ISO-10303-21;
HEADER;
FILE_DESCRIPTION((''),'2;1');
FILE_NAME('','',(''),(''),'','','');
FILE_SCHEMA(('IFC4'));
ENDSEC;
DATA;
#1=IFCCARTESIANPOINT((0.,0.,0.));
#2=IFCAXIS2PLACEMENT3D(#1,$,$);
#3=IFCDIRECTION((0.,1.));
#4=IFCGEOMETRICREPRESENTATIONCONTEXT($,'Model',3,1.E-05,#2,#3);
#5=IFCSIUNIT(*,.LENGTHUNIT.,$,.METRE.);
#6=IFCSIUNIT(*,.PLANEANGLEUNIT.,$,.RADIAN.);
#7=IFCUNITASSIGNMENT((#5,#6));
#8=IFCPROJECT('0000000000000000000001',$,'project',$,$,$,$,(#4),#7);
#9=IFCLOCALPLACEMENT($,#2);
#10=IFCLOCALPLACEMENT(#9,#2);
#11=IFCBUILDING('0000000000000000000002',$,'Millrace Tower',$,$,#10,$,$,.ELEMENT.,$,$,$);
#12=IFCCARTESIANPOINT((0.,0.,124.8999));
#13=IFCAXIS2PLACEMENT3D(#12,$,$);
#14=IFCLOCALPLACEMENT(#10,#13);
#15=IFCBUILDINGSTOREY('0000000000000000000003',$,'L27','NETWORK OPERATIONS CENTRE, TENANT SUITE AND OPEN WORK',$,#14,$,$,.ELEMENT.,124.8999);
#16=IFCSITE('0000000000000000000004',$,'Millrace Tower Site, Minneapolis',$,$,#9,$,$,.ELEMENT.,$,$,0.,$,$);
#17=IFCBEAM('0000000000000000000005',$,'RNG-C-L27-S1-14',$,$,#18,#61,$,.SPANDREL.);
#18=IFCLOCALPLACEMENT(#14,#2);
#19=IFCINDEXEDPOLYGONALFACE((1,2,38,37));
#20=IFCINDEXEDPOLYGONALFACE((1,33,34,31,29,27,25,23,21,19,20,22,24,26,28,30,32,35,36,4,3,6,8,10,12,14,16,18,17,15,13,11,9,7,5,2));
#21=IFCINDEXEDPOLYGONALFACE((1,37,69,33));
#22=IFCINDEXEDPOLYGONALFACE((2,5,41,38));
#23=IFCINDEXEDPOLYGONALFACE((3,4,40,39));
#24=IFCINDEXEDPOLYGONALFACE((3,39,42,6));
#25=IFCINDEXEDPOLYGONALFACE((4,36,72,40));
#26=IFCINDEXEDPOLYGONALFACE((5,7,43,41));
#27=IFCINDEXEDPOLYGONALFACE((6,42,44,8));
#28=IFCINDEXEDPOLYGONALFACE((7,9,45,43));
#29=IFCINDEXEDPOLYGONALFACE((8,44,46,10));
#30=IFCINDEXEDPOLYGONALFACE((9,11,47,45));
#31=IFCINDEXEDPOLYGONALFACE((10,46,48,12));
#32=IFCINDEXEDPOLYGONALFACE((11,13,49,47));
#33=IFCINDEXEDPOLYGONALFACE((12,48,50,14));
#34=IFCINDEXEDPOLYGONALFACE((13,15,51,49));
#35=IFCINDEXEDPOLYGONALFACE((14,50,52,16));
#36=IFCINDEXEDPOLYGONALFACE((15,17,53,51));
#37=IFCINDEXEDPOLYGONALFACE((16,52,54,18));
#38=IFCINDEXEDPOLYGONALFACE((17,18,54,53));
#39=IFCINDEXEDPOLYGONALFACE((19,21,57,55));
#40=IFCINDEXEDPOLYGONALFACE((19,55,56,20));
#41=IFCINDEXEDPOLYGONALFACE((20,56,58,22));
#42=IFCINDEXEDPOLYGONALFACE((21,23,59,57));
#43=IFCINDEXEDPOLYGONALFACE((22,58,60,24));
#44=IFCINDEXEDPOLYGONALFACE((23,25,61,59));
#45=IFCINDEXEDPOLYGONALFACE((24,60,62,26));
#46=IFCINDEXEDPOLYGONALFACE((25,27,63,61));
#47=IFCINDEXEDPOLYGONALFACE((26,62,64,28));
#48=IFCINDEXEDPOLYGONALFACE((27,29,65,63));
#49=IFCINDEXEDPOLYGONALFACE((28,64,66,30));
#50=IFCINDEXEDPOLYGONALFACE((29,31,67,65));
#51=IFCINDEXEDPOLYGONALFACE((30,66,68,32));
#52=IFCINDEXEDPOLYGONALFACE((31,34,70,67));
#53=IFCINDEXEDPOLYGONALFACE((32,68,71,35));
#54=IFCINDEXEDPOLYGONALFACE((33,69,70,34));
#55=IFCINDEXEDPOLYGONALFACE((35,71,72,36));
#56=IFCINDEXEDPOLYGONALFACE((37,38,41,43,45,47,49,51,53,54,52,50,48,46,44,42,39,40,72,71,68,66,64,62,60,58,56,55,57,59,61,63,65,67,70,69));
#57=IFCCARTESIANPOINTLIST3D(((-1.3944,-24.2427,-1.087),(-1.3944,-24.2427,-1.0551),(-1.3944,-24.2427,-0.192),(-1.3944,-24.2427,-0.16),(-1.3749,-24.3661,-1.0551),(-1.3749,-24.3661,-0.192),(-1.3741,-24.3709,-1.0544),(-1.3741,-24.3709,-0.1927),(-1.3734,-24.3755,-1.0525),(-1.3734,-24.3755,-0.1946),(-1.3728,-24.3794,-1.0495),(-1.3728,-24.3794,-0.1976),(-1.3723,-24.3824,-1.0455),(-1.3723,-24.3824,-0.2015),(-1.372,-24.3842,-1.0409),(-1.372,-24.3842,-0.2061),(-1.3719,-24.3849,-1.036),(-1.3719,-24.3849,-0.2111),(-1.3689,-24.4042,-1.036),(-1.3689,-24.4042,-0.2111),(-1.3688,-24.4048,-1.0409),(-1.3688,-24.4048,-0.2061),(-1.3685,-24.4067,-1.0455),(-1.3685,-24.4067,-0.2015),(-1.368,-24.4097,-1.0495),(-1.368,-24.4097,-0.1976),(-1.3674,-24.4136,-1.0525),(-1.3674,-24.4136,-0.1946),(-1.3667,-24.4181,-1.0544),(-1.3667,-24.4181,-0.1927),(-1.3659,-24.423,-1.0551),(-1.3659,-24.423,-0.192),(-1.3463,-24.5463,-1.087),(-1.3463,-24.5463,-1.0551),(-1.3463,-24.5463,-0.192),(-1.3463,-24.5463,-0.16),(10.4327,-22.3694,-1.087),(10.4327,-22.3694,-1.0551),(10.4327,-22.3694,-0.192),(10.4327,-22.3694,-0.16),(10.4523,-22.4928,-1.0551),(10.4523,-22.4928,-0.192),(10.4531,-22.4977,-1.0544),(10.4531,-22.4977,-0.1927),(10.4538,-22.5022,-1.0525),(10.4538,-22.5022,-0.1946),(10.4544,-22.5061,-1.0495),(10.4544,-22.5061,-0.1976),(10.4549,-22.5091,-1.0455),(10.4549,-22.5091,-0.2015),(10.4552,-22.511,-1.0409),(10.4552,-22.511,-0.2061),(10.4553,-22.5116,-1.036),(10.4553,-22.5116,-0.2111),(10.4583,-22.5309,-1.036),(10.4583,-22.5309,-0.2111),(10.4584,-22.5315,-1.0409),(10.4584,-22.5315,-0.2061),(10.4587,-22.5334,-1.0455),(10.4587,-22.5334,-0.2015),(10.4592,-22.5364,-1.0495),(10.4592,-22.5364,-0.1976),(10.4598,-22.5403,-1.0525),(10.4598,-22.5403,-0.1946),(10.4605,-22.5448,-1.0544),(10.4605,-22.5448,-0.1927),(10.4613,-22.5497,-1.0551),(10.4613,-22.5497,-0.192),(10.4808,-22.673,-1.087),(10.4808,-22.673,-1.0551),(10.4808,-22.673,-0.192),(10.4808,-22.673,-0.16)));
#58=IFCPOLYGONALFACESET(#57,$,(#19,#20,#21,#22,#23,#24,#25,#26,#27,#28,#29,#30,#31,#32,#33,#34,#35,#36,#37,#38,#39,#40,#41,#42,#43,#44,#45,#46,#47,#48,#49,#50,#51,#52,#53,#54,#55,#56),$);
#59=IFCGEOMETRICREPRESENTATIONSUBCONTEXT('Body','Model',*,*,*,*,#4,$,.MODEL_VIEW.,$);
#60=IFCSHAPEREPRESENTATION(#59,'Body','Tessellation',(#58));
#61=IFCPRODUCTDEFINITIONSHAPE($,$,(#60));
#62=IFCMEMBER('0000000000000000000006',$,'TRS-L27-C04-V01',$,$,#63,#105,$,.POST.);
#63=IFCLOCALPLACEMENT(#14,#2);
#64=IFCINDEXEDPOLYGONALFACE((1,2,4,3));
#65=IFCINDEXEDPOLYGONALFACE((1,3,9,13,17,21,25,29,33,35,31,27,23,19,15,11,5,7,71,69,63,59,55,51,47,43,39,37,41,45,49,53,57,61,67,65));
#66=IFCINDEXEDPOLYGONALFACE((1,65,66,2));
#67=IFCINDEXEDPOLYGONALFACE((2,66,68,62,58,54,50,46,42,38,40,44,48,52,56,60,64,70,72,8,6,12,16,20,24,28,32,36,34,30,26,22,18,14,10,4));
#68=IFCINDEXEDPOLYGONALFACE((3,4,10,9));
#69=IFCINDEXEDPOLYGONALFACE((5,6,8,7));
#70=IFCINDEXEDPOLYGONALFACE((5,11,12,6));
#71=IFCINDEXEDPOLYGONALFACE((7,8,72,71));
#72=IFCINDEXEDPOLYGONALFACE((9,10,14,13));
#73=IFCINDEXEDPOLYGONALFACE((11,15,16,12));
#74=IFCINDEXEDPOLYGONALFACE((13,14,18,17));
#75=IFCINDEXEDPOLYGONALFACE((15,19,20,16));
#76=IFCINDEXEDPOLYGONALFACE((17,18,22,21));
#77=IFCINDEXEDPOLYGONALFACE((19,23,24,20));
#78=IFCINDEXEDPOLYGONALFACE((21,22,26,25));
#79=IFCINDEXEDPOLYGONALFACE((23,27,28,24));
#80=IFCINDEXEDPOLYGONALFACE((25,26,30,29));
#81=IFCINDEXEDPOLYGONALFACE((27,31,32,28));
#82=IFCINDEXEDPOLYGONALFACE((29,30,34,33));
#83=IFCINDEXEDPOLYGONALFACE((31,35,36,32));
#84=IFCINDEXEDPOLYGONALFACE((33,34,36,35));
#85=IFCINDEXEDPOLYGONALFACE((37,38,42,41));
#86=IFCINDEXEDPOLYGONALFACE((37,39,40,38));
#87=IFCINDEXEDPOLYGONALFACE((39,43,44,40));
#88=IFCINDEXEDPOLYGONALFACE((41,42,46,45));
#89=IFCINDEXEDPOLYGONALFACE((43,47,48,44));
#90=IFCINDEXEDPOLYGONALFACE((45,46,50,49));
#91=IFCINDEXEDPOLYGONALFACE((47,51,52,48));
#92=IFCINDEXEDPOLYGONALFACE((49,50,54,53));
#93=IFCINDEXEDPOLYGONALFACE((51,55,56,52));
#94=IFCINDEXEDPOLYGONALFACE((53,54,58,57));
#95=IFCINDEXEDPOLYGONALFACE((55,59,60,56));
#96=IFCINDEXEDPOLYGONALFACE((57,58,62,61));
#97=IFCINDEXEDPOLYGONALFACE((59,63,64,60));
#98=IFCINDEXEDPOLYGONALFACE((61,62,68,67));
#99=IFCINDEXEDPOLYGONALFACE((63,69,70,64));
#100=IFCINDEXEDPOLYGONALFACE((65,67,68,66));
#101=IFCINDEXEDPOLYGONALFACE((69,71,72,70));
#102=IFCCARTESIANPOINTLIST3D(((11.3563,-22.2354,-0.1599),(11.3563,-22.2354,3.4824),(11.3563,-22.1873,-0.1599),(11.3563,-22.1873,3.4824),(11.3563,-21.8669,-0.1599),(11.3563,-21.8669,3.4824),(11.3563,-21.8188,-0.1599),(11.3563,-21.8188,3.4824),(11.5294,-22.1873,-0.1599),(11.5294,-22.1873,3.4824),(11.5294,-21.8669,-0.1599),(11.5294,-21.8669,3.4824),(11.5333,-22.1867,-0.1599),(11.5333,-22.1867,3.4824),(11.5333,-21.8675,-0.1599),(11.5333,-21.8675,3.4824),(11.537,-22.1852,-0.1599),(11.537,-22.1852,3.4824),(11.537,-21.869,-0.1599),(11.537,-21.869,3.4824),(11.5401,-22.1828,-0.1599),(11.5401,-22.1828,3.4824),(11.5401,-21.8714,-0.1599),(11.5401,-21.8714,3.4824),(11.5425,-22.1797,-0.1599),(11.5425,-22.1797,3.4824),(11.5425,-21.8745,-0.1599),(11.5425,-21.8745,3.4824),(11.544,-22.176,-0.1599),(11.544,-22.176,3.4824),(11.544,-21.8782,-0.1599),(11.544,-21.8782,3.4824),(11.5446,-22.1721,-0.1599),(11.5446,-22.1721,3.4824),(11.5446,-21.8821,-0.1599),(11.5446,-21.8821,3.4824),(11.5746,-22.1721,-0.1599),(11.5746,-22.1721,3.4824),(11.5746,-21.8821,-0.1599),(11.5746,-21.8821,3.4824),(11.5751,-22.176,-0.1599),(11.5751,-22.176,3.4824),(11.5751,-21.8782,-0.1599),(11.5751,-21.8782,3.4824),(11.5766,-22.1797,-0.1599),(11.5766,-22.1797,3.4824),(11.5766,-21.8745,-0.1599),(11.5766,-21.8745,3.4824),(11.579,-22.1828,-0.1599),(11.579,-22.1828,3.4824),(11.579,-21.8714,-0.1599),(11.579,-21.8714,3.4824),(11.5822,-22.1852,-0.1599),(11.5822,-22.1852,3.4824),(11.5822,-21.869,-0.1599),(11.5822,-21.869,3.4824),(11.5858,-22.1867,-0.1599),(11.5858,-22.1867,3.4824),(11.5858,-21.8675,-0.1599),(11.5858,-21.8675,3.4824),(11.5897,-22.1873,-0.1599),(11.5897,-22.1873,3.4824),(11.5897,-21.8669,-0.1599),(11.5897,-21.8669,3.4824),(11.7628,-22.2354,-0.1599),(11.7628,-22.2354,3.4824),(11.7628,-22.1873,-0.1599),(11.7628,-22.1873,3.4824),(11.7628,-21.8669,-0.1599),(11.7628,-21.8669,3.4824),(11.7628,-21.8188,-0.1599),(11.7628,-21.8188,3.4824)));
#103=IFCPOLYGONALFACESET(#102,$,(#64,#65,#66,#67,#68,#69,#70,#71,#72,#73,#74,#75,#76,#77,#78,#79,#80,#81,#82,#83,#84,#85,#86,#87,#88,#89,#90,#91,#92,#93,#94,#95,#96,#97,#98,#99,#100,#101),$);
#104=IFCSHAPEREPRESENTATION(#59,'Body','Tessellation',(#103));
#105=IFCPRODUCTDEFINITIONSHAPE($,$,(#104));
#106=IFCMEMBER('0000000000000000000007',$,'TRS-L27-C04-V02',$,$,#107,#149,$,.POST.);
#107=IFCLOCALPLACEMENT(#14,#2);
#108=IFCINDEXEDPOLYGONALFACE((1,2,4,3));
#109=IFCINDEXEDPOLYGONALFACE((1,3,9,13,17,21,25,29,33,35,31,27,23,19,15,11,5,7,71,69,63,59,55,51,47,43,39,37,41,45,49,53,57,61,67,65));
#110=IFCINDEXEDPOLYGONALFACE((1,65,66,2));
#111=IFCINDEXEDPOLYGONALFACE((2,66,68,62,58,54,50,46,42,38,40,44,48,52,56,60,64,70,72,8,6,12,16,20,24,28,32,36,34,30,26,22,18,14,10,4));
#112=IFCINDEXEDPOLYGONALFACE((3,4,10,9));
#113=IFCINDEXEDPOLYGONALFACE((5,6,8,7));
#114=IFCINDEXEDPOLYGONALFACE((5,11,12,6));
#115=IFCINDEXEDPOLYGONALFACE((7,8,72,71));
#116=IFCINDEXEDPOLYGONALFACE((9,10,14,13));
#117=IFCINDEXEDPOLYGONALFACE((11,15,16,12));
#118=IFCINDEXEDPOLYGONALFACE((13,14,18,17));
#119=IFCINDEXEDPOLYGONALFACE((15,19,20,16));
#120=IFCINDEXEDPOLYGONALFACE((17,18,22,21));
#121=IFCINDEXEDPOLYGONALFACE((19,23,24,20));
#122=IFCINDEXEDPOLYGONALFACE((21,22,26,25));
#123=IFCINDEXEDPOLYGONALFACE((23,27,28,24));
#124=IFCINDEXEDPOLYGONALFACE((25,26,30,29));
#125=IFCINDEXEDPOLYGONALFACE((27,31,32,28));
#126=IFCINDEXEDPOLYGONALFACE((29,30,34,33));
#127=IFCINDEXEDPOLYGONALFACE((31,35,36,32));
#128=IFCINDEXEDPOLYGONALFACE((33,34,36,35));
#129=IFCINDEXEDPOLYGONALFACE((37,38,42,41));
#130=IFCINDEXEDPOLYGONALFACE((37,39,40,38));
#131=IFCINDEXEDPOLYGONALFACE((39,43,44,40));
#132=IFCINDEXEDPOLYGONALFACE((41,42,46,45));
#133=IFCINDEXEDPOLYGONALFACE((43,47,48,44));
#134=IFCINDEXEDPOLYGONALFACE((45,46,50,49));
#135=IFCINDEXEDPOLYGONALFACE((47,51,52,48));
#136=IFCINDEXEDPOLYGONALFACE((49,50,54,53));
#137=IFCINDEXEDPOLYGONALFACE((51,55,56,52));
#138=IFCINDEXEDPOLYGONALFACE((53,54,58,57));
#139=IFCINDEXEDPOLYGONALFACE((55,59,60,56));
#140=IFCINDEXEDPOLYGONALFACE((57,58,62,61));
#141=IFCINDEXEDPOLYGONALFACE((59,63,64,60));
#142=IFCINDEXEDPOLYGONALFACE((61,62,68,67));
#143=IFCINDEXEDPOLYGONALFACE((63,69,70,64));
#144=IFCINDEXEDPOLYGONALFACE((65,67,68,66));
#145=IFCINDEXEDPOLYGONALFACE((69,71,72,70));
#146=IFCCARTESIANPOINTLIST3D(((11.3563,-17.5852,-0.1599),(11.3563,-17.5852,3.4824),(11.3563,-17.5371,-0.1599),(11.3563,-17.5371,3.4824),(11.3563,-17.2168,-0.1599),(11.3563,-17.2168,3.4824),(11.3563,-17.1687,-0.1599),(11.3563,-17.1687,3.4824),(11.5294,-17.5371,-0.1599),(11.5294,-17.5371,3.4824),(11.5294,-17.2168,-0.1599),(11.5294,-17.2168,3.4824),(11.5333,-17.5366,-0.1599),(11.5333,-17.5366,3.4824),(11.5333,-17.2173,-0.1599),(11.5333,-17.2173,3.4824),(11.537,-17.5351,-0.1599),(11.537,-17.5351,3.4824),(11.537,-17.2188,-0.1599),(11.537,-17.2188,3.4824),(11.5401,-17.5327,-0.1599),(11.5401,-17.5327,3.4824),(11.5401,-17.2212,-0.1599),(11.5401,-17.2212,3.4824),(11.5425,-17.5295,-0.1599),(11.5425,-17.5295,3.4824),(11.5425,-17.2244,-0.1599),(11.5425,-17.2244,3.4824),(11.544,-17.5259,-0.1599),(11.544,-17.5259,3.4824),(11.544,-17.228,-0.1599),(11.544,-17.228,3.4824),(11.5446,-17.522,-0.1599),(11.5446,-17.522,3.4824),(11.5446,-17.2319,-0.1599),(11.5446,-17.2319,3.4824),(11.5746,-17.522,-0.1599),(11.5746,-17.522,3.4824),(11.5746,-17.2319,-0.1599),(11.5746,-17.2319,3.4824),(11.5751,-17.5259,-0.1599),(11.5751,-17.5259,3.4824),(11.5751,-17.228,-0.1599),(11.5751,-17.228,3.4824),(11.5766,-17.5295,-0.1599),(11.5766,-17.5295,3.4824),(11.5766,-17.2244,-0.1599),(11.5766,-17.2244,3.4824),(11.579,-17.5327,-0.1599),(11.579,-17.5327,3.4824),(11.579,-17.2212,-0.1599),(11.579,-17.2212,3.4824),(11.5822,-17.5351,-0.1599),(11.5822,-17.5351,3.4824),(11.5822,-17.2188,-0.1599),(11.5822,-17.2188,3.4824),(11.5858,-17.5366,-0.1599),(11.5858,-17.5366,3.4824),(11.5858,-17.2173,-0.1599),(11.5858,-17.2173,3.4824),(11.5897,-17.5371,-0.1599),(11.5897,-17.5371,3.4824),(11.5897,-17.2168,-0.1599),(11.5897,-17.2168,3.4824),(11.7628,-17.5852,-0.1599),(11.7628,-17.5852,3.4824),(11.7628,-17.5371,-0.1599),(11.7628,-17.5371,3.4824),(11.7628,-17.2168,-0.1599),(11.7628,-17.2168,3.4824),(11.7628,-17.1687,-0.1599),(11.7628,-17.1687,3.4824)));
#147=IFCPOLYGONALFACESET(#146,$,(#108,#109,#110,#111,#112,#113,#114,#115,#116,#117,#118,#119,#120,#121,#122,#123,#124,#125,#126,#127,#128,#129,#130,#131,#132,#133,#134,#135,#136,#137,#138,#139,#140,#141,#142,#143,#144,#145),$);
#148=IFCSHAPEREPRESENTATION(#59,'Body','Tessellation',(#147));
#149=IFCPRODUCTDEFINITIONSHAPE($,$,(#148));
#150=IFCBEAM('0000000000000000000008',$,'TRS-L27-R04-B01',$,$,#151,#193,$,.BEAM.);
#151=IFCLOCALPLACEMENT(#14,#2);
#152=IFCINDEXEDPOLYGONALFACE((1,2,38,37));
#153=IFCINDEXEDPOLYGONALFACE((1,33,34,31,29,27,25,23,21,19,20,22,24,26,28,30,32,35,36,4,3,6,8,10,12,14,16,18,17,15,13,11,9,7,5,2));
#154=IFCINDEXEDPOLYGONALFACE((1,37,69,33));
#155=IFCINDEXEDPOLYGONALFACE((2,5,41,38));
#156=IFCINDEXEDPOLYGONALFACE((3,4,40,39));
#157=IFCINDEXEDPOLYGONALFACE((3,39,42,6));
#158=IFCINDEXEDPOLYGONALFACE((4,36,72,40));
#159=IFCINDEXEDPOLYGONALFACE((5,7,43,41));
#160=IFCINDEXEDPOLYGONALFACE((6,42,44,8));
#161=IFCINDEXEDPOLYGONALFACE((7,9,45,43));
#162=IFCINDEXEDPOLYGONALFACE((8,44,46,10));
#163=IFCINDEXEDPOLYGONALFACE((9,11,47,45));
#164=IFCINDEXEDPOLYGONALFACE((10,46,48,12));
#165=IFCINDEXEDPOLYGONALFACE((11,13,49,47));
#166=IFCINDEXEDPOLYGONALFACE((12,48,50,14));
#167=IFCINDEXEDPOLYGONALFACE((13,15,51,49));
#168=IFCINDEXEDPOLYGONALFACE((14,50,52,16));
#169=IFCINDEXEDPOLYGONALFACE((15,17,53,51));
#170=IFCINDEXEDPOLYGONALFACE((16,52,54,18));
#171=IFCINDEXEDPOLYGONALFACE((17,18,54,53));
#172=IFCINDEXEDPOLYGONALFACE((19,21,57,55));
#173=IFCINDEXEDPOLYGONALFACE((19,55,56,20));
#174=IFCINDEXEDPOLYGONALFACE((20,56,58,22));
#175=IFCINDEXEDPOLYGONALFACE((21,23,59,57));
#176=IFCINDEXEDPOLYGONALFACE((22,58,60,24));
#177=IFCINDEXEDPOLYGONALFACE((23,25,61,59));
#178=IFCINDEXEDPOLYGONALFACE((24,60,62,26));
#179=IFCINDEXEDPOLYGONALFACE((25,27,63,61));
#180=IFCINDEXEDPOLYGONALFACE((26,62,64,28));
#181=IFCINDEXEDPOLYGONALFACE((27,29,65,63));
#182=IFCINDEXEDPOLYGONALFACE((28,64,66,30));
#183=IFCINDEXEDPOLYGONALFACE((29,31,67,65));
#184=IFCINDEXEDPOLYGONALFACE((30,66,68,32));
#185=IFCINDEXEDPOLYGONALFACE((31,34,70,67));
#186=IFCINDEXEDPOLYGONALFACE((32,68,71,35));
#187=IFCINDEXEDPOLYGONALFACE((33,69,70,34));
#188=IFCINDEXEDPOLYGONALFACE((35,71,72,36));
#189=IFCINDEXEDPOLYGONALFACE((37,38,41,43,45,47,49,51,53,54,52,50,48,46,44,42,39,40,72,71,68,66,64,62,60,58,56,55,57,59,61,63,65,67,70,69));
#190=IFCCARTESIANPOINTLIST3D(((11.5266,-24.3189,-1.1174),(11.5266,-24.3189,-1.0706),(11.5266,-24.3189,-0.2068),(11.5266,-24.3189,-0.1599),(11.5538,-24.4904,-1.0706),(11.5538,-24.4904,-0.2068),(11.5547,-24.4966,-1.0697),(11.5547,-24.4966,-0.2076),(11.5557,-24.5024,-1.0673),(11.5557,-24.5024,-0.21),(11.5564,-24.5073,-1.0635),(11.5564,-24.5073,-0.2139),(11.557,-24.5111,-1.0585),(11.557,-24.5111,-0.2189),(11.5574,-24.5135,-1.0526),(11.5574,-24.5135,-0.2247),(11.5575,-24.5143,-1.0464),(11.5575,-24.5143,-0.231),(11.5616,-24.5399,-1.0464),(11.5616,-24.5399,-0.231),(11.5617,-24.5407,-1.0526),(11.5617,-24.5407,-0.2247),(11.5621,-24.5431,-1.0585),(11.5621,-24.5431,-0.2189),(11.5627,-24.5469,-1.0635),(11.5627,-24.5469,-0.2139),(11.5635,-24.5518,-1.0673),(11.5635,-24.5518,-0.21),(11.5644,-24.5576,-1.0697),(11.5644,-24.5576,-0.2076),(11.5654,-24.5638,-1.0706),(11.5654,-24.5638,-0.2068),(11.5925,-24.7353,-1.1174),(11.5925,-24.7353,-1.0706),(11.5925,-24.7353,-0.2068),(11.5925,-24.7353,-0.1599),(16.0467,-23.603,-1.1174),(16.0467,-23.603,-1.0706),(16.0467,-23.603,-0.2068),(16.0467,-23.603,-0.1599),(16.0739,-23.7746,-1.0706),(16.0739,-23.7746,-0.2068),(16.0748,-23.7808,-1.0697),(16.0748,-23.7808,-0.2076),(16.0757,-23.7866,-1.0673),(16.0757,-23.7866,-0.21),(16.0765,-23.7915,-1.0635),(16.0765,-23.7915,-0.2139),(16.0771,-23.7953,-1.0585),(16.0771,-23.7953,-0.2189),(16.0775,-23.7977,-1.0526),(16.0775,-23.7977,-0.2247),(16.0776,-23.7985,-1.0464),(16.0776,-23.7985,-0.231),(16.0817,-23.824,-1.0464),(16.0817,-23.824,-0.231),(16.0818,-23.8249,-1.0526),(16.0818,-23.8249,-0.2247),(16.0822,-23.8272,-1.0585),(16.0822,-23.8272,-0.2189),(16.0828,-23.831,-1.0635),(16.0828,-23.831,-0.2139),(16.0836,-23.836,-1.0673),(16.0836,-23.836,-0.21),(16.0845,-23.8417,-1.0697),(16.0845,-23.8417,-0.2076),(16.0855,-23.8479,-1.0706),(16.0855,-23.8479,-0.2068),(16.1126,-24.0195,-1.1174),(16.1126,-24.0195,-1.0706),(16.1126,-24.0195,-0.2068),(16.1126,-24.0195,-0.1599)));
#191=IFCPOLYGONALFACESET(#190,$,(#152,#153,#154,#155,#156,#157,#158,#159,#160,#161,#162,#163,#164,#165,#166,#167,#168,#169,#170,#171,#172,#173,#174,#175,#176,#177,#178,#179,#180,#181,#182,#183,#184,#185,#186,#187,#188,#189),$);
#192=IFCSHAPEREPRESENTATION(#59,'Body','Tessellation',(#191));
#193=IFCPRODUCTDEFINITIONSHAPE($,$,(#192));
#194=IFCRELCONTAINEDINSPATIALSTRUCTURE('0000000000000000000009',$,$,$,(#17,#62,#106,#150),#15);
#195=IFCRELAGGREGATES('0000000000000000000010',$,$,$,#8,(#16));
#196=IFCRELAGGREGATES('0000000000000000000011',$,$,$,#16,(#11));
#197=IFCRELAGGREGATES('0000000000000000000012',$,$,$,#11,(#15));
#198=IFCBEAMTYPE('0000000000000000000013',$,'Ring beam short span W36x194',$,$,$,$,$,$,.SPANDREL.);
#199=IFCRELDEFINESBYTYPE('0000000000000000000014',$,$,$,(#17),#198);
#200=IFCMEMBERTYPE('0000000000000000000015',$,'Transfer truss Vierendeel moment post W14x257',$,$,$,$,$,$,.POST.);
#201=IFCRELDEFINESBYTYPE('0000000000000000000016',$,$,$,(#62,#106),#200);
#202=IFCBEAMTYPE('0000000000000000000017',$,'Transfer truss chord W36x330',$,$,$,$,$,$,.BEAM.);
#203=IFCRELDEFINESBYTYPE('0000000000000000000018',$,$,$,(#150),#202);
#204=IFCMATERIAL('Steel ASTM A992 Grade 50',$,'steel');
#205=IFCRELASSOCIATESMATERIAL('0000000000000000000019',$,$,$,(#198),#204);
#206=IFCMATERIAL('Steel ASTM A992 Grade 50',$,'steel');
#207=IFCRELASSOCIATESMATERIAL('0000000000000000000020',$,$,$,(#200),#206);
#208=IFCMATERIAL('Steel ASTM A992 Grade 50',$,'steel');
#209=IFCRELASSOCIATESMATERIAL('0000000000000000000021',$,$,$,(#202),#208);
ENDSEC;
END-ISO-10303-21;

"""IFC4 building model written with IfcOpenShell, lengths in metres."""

from ifc_helpers import new_model, si_unit, direction, frame, origin, origin_2d, place, context, subcontext, project, spatial, i_section, extrude, material, material_profile, profile_set, type_object, element, save


model = new_model("IFC4")

# Units and contexts
model_context = context("Model", 3, precision=1e-05, world=origin(), true_north=direction((0.0, 1.0)))
body_context = subcontext(model_context, "Body", "Model", "MODEL_VIEW")
ifc_project = project(units=[si_unit("LENGTHUNIT", "METRE"), si_unit("PLANEANGLEUNIT", "RADIAN")], contexts=[model_context])

# Site, building, storey
site_placement = place(None, origin())
site = spatial("IfcSite", under=ifc_project, at=site_placement, Name="Millrace Tower Site, Minneapolis", CompositionType="ELEMENT", RefElevation=0.0)
building_placement = place(site_placement, origin())
building = spatial("IfcBuilding", under=site, at=building_placement, Name="Millrace Tower", CompositionType="ELEMENT")
storey_placement = place(building_placement, frame((0.0, 0.0, 124.8999)))
storey = spatial("IfcBuildingStorey", under=building, at=storey_placement, Name="L27", Description="NETWORK OPERATIONS CENTRE, TENANT SUITE AND OPEN WORK", CompositionType="ELEMENT", Elevation=124.8999)

# Beam
ifc_material_1 = material(Name="Steel ASTM A992 Grade 50", Category="steel")
ifc_material_profile_1 = material_profile(ifc_material_1, i_section(OverallWidth=0.3074, OverallDepth=0.927, WebThickness=0.0195, FlangeThickness=0.032, FilletRadius=0.019, at=origin_2d()))
ifc_profile_set_1 = profile_set([ifc_material_profile_1], Name="Steel ASTM A992 Grade 50")
beam_type_1 = type_object("IfcBeamType", Name="Ring beam short span W36x194", PredefinedType="SPANDREL", material=ifc_profile_set_1)
beam_1_placement = place(storey_placement, frame((10.4568, -22.5212, -0.6235), z_axis=(-0.987688, -0.156439, 0.0), x_axis=(0.156439, -0.987688, 0.0)))
element("IfcBeam", 1, at=beam_1_placement, inside=storey, type_object=beam_type_1, Name="RNG-C-L27-S1-14", PredefinedType="SPANDREL", context=body_context, shape_type="SweptSolid", body=[
    extrude(i_section(OverallWidth=0.3074, OverallDepth=0.927, WebThickness=0.0195, FlangeThickness=0.032, FilletRadius=0.019, at=origin_2d()), origin(), (0.0, 0.0, 1.0), 11.9746),
])

# Members
ifc_material_2 = material(Name="Steel ASTM A992 Grade 50", Category="steel")
ifc_material_profile_2 = material_profile(ifc_material_2, i_section(OverallWidth=0.4065, OverallDepth=0.4165, WebThickness=0.03, FlangeThickness=0.0481, FilletRadius=0.0151, at=origin_2d()))
ifc_profile_set_2 = profile_set([ifc_material_profile_2], Name="Steel ASTM A992 Grade 50")
member_type_1 = type_object("IfcMemberType", Name="Transfer truss Vierendeel moment post W14x257", PredefinedType="POST", material=ifc_profile_set_2)
for number, where, z_axis, x_axis, name in (
    (2, (11.5596, -22.0271, -0.1599), (0.0, 0.0, 1.0), (1.0, 0.0, 0.0), "TRS-L27-C04-V01"),
    (3, (11.5596, -17.377, -0.1599), (0.0, 0.0, 1.0), (1.0, 0.0, 0.0), "TRS-L27-C04-V02"),
):
    element("IfcMember", number, at=place(storey_placement, frame(where, z_axis=z_axis, x_axis=x_axis)), inside=storey, type_object=member_type_1, Name=name, PredefinedType="POST", context=body_context, shape_type="SweptSolid", body=[
        extrude(i_section(OverallWidth=0.4065, OverallDepth=0.4165, WebThickness=0.03, FlangeThickness=0.0481, FilletRadius=0.0151, at=origin_2d()), origin(), (0.0, 0.0, 1.0), 3.6423),
    ])

# Beam
ifc_material_3 = material(Name="Steel ASTM A992 Grade 50", Category="steel")
ifc_material_profile_3 = material_profile(ifc_material_3, i_section(OverallWidth=0.4216, OverallDepth=0.9575, WebThickness=0.0259, FlangeThickness=0.0469, FilletRadius=0.0242, at=origin_2d()))
ifc_profile_set_3 = profile_set([ifc_material_profile_3], Name="Steel ASTM A992 Grade 50")
beam_type_2 = type_object("IfcBeamType", Name="Transfer truss chord W36x330", PredefinedType="BEAM", material=ifc_profile_set_3)
for number, where, z_axis, x_axis, name in (
    (4, (11.5596, -24.5271, -0.6387), (0.987691, 0.156417, 0.0), (-0.156417, 0.987691, 0.0), "TRS-L27-R04-B01"),
):
    element("IfcBeam", number, at=place(storey_placement, frame(where, z_axis=z_axis, x_axis=x_axis)), inside=storey, type_object=beam_type_2, Name=name, PredefinedType="BEAM", context=body_context, shape_type="SweptSolid", body=[
        extrude(i_section(OverallWidth=0.4216, OverallDepth=0.9575, WebThickness=0.0259, FlangeThickness=0.0469, FilletRadius=0.0242, at=origin_2d()), origin(), (0.0, 0.0, 1.0), 4.5764),
    ])

save(model, "model.ifc")
